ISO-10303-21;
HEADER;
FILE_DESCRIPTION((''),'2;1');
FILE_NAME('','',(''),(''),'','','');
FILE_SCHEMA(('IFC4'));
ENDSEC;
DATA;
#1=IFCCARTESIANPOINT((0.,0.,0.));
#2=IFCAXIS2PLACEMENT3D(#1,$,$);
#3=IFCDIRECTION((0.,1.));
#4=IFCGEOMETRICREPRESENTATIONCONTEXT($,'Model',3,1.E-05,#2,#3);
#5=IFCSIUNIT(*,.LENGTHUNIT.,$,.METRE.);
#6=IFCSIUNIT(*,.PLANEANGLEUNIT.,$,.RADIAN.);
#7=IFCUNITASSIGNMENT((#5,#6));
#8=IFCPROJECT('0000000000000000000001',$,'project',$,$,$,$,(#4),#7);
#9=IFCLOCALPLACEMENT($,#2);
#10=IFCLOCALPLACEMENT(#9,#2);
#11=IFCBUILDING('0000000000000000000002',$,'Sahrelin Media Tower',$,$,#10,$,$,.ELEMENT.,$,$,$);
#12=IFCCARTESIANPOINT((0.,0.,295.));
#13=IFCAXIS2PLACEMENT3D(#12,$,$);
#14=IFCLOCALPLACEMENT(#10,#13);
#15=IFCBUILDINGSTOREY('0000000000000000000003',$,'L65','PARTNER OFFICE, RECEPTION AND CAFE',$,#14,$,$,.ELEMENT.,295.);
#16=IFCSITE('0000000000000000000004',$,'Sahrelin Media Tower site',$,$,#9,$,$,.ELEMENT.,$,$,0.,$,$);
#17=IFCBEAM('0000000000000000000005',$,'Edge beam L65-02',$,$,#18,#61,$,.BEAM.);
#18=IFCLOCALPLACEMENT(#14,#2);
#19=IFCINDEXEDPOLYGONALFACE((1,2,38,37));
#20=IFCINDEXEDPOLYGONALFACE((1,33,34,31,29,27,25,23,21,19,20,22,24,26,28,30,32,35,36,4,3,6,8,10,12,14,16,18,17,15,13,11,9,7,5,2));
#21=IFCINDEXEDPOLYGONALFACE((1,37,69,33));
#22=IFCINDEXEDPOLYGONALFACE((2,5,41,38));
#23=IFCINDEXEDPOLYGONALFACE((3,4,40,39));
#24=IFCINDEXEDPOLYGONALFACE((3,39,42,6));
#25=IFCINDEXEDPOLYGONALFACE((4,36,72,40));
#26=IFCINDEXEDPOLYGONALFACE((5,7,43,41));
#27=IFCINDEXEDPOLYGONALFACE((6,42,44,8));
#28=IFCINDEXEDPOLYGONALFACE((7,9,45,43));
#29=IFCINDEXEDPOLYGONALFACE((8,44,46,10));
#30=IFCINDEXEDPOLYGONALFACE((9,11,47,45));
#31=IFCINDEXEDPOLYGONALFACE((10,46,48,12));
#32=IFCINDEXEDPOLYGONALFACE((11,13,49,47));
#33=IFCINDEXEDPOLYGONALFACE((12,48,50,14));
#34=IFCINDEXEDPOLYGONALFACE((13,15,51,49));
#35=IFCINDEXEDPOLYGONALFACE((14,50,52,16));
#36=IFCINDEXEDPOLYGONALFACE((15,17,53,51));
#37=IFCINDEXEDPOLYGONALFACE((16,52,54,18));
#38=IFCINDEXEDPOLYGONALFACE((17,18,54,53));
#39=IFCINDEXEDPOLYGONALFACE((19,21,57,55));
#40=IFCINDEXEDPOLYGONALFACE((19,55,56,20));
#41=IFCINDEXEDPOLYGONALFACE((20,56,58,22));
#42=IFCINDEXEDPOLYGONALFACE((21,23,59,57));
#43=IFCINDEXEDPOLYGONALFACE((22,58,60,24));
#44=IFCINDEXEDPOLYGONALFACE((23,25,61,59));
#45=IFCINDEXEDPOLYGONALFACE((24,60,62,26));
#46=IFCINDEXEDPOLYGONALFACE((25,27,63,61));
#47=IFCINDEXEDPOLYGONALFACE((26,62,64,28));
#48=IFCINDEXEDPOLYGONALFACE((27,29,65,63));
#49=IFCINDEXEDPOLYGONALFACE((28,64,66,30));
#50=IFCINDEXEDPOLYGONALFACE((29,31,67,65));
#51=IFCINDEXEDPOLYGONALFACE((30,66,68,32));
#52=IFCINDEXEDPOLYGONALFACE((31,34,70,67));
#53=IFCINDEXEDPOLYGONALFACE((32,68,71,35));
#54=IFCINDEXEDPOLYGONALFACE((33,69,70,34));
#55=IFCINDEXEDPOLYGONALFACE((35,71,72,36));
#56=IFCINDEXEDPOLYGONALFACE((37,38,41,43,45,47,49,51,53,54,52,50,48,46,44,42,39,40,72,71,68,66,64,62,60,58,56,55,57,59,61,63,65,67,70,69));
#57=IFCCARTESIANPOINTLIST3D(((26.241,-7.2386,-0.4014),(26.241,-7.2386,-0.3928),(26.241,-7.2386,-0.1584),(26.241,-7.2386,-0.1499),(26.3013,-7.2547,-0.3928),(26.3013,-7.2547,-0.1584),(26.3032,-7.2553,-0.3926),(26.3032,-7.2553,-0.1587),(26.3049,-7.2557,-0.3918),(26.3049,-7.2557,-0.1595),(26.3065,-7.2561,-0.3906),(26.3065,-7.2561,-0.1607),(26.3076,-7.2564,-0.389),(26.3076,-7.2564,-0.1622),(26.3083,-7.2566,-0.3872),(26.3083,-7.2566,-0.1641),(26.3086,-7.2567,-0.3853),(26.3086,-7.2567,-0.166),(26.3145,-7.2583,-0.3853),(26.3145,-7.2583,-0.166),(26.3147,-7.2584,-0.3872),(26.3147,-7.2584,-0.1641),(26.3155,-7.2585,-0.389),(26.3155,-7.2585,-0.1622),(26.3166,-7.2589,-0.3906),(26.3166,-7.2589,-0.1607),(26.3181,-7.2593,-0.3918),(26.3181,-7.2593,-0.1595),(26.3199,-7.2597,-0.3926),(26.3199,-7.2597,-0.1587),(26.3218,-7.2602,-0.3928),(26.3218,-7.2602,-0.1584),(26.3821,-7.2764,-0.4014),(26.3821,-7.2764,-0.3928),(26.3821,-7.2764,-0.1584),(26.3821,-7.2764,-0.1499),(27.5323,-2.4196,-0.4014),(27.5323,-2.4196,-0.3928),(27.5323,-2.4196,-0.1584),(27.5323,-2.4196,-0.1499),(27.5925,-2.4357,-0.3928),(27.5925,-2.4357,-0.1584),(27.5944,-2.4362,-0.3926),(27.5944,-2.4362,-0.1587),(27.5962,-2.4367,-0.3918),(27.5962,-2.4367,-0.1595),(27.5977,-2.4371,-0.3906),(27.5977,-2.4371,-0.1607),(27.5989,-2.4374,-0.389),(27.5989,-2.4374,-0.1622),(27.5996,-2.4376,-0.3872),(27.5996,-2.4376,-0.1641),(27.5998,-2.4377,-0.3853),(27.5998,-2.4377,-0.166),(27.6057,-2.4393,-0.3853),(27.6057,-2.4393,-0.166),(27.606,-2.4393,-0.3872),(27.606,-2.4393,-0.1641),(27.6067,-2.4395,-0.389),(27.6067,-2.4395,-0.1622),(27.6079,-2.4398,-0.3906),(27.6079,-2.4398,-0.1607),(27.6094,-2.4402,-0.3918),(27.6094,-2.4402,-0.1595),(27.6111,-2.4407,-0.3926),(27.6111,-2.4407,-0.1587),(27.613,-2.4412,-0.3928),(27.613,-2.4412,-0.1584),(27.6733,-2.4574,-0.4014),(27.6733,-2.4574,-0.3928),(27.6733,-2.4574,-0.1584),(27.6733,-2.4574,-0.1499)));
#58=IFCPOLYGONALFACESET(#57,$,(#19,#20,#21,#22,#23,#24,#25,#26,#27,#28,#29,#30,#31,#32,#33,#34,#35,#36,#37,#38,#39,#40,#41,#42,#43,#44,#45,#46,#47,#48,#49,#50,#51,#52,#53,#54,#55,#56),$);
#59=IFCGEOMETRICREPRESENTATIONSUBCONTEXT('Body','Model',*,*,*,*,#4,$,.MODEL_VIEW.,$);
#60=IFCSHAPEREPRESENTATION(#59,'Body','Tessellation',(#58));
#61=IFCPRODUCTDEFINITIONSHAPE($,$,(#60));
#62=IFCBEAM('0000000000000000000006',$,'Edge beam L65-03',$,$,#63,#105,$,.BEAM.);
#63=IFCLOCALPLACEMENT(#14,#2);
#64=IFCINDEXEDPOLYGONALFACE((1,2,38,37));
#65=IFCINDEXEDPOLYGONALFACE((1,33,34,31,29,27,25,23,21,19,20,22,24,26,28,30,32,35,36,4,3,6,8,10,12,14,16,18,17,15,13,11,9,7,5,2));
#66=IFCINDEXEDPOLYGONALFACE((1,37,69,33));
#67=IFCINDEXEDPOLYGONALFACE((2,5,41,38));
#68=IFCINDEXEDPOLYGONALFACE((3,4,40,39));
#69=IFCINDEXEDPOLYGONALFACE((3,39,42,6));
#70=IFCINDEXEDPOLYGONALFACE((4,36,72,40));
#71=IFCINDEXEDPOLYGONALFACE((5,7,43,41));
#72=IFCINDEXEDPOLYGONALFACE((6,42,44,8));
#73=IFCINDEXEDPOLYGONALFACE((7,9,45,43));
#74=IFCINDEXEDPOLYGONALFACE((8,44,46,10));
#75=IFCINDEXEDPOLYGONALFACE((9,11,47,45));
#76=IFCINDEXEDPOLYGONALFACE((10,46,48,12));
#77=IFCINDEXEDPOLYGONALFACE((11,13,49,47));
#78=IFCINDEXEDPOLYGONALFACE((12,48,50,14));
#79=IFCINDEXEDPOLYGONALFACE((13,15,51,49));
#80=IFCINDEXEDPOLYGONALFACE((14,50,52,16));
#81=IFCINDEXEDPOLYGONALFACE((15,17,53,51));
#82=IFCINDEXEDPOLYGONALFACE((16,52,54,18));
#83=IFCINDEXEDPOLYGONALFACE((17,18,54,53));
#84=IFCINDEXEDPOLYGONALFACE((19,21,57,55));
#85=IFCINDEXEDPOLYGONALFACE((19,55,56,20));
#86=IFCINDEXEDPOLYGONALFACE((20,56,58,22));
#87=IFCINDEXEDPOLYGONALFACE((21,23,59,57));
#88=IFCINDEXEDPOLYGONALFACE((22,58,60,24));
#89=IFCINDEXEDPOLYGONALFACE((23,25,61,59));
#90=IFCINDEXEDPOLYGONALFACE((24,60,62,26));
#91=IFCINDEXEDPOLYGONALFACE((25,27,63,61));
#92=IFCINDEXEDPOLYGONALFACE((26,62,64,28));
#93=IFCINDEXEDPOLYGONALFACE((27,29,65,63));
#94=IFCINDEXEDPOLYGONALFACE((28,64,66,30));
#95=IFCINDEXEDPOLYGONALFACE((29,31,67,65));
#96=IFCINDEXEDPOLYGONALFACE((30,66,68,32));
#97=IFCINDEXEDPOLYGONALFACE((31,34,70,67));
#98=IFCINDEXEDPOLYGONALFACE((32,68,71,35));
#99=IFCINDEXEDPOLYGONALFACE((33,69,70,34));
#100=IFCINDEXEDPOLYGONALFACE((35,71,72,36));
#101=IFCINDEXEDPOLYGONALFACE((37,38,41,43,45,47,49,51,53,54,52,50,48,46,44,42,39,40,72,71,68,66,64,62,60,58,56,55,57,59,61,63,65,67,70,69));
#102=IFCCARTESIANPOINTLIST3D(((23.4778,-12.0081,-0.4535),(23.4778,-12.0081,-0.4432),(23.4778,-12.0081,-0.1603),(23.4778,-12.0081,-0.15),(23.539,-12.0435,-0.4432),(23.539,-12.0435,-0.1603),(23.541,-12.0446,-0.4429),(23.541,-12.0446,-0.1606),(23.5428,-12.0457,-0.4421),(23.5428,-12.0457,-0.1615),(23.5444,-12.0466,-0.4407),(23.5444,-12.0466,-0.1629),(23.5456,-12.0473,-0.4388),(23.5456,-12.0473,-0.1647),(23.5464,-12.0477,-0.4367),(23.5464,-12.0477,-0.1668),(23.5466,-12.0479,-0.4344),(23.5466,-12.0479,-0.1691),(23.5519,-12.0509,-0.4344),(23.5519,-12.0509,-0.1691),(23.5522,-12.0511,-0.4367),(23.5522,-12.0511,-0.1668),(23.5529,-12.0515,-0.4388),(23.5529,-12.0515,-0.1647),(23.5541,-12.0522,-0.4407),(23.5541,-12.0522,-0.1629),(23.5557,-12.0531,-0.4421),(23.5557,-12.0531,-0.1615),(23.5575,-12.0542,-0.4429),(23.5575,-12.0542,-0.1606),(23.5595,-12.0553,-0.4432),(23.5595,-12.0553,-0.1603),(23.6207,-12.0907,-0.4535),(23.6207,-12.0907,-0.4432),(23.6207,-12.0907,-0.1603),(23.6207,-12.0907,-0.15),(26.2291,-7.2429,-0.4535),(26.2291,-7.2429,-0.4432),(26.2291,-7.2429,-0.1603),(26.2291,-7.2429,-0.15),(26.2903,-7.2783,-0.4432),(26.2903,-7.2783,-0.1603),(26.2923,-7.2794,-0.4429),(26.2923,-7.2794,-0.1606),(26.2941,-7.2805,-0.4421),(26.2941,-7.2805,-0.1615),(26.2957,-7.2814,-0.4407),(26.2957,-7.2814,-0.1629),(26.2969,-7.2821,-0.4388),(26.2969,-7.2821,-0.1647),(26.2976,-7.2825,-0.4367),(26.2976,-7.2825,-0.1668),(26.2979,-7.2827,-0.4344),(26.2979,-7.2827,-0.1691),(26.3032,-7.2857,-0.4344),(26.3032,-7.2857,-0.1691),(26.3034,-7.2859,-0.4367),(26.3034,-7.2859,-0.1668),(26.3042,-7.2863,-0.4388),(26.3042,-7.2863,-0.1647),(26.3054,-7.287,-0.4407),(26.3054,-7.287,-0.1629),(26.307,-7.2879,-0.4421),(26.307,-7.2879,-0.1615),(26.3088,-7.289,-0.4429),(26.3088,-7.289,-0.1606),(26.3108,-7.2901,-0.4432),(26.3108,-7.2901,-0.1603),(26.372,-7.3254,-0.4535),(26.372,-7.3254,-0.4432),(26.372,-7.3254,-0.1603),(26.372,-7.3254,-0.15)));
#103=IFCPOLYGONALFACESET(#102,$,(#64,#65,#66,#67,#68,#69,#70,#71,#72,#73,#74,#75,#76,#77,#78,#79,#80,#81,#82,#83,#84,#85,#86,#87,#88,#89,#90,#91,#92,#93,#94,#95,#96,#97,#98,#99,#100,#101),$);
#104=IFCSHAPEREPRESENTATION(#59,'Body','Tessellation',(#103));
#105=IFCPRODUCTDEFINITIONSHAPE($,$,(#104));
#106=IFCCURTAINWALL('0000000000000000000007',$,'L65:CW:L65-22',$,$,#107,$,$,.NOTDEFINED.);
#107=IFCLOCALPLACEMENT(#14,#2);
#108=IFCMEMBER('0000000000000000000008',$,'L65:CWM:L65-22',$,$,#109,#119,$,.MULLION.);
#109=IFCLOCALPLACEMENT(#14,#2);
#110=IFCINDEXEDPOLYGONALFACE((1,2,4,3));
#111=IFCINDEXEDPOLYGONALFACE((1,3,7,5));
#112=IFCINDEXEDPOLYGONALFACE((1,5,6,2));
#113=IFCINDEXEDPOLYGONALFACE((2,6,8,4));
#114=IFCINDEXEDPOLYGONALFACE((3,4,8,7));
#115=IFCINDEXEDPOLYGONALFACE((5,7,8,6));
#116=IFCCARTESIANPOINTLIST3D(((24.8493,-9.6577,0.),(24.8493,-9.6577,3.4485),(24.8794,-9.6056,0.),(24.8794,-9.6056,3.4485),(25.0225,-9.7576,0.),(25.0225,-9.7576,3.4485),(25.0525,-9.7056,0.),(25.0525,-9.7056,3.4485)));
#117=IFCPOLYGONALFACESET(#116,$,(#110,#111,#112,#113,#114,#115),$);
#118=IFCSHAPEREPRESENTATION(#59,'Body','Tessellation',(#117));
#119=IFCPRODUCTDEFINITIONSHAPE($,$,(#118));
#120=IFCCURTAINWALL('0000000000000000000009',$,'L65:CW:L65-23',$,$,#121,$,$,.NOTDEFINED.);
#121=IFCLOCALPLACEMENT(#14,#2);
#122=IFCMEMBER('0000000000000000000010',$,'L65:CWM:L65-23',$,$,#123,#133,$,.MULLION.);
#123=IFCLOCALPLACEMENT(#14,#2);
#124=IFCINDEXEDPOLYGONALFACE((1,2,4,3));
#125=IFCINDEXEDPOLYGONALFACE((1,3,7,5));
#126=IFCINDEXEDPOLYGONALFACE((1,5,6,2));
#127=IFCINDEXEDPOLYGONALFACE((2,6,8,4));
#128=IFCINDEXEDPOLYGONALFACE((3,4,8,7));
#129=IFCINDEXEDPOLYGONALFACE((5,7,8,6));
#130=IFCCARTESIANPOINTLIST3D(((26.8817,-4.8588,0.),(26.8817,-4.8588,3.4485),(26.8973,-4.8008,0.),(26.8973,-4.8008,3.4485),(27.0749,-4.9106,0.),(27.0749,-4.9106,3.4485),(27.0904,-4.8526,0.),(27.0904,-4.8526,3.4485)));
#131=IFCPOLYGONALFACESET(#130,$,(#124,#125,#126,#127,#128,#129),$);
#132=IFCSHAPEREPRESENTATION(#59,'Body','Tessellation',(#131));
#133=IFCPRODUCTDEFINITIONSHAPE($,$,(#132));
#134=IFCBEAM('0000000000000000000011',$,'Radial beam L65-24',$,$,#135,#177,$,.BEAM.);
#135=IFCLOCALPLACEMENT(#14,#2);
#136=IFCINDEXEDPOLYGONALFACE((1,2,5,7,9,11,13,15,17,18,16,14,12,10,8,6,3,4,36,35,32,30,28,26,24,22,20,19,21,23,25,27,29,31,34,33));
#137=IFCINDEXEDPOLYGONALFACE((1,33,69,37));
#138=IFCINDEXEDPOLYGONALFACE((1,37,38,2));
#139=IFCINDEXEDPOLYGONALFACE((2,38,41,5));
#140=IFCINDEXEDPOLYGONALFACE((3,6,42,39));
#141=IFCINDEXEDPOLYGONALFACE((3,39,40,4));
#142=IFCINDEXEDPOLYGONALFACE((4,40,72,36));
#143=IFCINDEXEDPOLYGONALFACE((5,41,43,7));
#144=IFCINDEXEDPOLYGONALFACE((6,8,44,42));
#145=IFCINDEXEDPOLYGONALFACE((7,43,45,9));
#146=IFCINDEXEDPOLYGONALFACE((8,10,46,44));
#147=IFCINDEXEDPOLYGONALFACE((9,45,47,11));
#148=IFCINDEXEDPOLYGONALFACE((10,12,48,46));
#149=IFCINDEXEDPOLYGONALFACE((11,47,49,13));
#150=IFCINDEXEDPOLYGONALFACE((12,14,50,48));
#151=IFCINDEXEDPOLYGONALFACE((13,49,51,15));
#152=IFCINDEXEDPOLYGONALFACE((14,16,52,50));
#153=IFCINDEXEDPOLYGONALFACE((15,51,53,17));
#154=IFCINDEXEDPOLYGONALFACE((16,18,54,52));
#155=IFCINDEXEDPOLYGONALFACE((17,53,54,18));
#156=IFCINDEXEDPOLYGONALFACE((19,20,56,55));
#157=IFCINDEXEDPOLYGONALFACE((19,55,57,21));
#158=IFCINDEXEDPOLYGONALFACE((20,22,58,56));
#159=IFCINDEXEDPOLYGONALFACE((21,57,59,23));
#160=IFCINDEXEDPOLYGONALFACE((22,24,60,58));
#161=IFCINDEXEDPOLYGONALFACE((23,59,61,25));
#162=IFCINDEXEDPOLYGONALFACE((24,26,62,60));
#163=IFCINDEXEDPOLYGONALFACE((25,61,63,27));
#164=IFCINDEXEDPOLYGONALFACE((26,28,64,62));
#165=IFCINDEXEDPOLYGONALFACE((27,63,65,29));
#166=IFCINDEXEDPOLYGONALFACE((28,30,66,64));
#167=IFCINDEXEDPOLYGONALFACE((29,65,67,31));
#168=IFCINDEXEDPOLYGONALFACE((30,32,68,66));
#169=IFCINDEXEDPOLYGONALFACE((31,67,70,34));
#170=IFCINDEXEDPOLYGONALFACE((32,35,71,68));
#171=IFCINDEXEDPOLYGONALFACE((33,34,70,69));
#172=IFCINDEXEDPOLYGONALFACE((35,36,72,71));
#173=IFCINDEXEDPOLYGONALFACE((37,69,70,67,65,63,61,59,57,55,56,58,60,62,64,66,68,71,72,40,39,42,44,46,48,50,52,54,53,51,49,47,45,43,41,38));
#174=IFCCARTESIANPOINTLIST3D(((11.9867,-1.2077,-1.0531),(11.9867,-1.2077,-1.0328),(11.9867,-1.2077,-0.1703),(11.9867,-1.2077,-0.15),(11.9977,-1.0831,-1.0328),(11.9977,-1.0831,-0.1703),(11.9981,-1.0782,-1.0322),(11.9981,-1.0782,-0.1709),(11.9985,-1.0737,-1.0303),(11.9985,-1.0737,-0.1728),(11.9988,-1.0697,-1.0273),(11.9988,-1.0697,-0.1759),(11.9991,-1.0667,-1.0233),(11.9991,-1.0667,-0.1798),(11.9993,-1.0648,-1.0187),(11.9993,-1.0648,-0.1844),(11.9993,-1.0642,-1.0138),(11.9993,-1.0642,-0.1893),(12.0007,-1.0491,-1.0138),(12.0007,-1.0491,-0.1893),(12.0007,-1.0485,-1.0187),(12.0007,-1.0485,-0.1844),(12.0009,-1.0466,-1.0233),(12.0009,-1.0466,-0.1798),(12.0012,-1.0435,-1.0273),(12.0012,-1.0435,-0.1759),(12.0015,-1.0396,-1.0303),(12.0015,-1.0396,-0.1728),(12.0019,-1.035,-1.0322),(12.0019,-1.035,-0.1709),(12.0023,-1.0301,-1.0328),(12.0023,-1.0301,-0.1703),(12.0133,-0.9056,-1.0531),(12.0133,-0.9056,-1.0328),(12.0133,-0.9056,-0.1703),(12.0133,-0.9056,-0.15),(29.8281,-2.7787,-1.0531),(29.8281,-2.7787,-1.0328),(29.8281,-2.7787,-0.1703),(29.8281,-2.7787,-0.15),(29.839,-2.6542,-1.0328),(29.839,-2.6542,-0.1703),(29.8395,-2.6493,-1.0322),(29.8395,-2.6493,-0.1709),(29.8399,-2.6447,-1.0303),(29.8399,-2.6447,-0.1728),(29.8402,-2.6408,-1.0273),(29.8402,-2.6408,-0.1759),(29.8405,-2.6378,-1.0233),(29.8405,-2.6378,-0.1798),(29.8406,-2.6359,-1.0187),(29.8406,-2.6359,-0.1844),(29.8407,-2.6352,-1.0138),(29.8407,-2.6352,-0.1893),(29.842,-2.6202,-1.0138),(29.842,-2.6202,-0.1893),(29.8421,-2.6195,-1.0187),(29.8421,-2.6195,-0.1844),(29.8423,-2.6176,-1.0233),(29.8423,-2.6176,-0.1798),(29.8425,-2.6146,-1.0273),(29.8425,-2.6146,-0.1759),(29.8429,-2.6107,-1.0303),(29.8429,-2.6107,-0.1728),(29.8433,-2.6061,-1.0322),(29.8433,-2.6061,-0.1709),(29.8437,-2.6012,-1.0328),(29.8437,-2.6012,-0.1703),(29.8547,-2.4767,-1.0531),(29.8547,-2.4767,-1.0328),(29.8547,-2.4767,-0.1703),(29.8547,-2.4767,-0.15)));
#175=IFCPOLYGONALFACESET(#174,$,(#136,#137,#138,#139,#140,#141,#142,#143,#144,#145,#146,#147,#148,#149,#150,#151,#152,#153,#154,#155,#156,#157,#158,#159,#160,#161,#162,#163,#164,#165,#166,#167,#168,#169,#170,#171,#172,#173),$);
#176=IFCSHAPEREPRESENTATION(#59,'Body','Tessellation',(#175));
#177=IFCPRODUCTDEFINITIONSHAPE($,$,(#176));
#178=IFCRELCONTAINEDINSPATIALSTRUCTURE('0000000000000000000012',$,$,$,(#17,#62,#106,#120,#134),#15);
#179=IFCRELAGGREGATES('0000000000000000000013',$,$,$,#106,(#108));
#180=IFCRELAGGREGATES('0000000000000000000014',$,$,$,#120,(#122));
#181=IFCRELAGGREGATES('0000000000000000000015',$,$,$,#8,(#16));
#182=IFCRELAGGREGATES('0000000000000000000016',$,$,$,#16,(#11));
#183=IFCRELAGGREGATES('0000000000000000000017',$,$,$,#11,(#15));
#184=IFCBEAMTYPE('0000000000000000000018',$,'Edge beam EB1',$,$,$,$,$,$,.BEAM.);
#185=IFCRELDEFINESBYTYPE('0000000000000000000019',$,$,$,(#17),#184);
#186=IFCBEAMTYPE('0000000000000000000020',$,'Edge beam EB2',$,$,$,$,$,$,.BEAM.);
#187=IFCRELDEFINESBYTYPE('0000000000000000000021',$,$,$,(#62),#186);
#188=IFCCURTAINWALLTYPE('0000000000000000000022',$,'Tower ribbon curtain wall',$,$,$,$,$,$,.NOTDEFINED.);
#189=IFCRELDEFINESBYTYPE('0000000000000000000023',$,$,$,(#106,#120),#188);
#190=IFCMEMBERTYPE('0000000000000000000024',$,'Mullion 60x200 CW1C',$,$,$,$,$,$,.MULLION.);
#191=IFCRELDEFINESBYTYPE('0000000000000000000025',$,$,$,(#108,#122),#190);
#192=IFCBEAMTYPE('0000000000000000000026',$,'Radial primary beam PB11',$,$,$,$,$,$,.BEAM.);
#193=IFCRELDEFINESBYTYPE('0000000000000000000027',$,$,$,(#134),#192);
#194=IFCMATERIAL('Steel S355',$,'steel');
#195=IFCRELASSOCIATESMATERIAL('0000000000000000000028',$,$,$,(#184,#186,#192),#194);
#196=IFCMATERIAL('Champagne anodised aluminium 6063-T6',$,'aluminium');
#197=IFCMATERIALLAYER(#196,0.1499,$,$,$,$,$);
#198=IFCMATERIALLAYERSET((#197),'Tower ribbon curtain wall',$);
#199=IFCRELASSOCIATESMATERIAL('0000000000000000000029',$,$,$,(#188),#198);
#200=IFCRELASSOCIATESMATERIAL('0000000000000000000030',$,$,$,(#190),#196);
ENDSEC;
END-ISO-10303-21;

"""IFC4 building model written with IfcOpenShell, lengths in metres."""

from ifc_helpers import new_model, si_unit, direction, frame, origin, origin_2d, place, context, subcontext, project, spatial, rectangle, i_section, extrude, material, layer, layer_set, material_profile, profile_set, type_object, element, aggregate, save


model = new_model("IFC4")

# Units and contexts
model_context = context("Model", 3, precision=1e-05, world=origin(), true_north=direction((0.0, 1.0)))
body_context = subcontext(model_context, "Body", "Model", "MODEL_VIEW")
ifc_project = project(units=[si_unit("LENGTHUNIT", "METRE"), si_unit("PLANEANGLEUNIT", "RADIAN")], contexts=[model_context])

# Site, building, storey
site_placement = place(None, origin())
site = spatial("IfcSite", under=ifc_project, at=site_placement, Name="Sahrelin Media Tower site", CompositionType="ELEMENT", RefElevation=0.0)
building_placement = place(site_placement, origin())
building = spatial("IfcBuilding", under=site, at=building_placement, Name="Sahrelin Media Tower", CompositionType="ELEMENT")
storey_placement = place(building_placement, frame((0.0, 0.0, 295.0)))
storey = spatial("IfcBuildingStorey", under=building, at=storey_placement, Name="L65", Description="PARTNER OFFICE, RECEPTION AND CAFE", CompositionType="ELEMENT", Elevation=295.0)

# Beams
ifc_material_1 = material(Name="Steel S355", Category="steel")
ifc_material_profile_1 = material_profile(ifc_material_1, i_section(OverallWidth=0.146, OverallDepth=0.2515, WebThickness=0.0061, FlangeThickness=0.0085, FilletRadius=0.0076, at=origin_2d()), Name="UB 254x146x31")
ifc_profile_set_1 = profile_set([ifc_material_profile_1], Name="Steel S355")
beam_type_1 = type_object("IfcBeamType", Name="Edge beam EB1", PredefinedType="BEAM", material=ifc_profile_set_1)
beam_1_placement = place(storey_placement, frame((27.6028, -2.4385, -0.2756), z_axis=(-0.258817, -0.965926, 0.0), x_axis=(0.965926, -0.258817, 0.0)))
element("IfcBeam", 1, at=beam_1_placement, inside=storey, type_object=beam_type_1, Name="Edge beam L65-02", PredefinedType="BEAM", context=body_context, shape_type="SweptSolid", body=[
    extrude(i_section(OverallWidth=0.146, OverallDepth=0.2515, WebThickness=0.0061, FlangeThickness=0.0085, FilletRadius=0.0076, at=origin_2d()), origin(), (0.0, 0.0, 1.0), 4.989),
])
ifc_material_profile_2 = material_profile(ifc_material_1, i_section(OverallWidth=0.165, OverallDepth=0.3035, WebThickness=0.0061, FlangeThickness=0.0103, FilletRadius=0.0088, at=origin_2d()), Name="UB 305x165x40")
ifc_profile_set_2 = profile_set([ifc_material_profile_2], Name="Steel S355")
beam_type_2 = type_object("IfcBeamType", Name="Edge beam EB2", PredefinedType="BEAM", material=ifc_profile_set_2)
beam_2_placement = place(storey_placement, frame((26.3005, -7.2842, -0.3018), z_axis=(-0.500009, -0.86602, 0.0), x_axis=(0.86602, -0.500009, 0.0)))
element("IfcBeam", 2, at=beam_2_placement, inside=storey, type_object=beam_type_2, Name="Edge beam L65-03", PredefinedType="BEAM", context=body_context, shape_type="SweptSolid", body=[
    extrude(i_section(OverallWidth=0.165, OverallDepth=0.3035, WebThickness=0.0061, FlangeThickness=0.0103, FilletRadius=0.0088, at=origin_2d()), origin(), (0.0, 0.0, 1.0), 5.5024),
])

# Curtain walls, members
ifc_material_2 = material(Name="Champagne anodised aluminium 6063-T6", Category="aluminium")
ifc_layer_1 = layer(ifc_material_2, 0.1499)
ifc_layer_set_1 = layer_set([ifc_layer_1], Name="Tower ribbon curtain wall")
curtain_wall_type = type_object("IfcCurtainWallType", Name="Tower ribbon curtain wall", PredefinedType="NOTDEFINED", material=ifc_layer_set_1)
curtain_wall_1_placement = place(storey_placement, frame((25.0549, -9.7417, 0.0), z_axis=(0.0, 0.0, 1.0), x_axis=(1.0, 0.0, 0.0)))
curtain_wall_1 = element("IfcCurtainWall", 3, at=curtain_wall_1_placement, inside=storey, type_object=curtain_wall_type, Name="L65:CW:L65-22", PredefinedType="NOTDEFINED")
ifc_material_profile_3 = material_profile(ifc_material_2, rectangle(XDim=0.0601, YDim=0.2, at=origin_2d()), Name="Mullion 60x200")
ifc_profile_set_3 = profile_set([ifc_material_profile_3], Name="Champagne anodised aluminium 6063-T6")
member_type_1 = type_object("IfcMemberType", Name="Mullion 60x200 CW1C", PredefinedType="MULLION", material=ifc_profile_set_3)
member_1_placement = place(storey_placement, frame((24.9509, -9.6816, 0.0), z_axis=(0.0, 0.0, 1.0), x_axis=(0.500011, 0.866019, 0.0)))
member_1 = element("IfcMember", 4, at=member_1_placement, type_object=member_type_1, Name="L65:CWM:L65-22", PredefinedType="MULLION", context=body_context, shape_type="SweptSolid", body=[
    extrude(rectangle(XDim=0.0601, YDim=0.2, at=origin_2d()), origin(), (0.0, 0.0, 1.0), 3.4485),
])
aggregate(curtain_wall_1, [member_1])
curtain_wall_2_placement = place(storey_placement, frame((27.1021, -4.887, 0.0), z_axis=(0.0, 0.0, 1.0), x_axis=(1.0, 0.0, 0.0)))
curtain_wall_2 = element("IfcCurtainWall", 5, at=curtain_wall_2_placement, inside=storey, type_object=curtain_wall_type, Name="L65:CW:L65-23", PredefinedType="NOTDEFINED")
member_2_placement = place(storey_placement, frame((26.9861, -4.8557, 0.0), z_axis=(0.0, 0.0, 1.0), x_axis=(0.258817, 0.965926, 0.0)))
member_2 = element("IfcMember", 6, at=member_2_placement, type_object=member_type_1, Name="L65:CWM:L65-23", PredefinedType="MULLION", context=body_context, shape_type="SweptSolid", body=[
    extrude(rectangle(XDim=0.0601, YDim=0.2, at=origin_2d()), origin(), (0.0, 0.0, 1.0), 3.4485),
])

# Beam
ifc_material_profile_4 = material_profile(ifc_material_1, i_section(OverallWidth=0.3032, OverallDepth=0.9031, WebThickness=0.0151, FlangeThickness=0.0203, FilletRadius=0.019, at=origin_2d()), Name="UB 914x305x201")
ifc_profile_set_4 = profile_set([ifc_material_profile_4], Name="Steel S355")
beam_type_3 = type_object("IfcBeamType", Name="Radial primary beam PB11", PredefinedType="BEAM", material=ifc_profile_set_4)
beam_3_placement = place(storey_placement, frame((12.0, -1.0566, -0.6016), z_axis=(0.996145, -0.087717, 0.0), x_axis=(0.087717, 0.996145, 0.0)))
element("IfcBeam", 7, at=beam_3_placement, inside=storey, type_object=beam_type_3, Name="Radial beam L65-24", PredefinedType="BEAM", context=body_context, shape_type="SweptSolid", body=[
    extrude(i_section(OverallWidth=0.3032, OverallDepth=0.9031, WebThickness=0.0151, FlangeThickness=0.0203, FilletRadius=0.019, at=origin_2d()), origin(), (0.0, 0.0, 1.0), 17.9104),
])

aggregate(curtain_wall_2, [member_2])

save(model, "model.ifc")
